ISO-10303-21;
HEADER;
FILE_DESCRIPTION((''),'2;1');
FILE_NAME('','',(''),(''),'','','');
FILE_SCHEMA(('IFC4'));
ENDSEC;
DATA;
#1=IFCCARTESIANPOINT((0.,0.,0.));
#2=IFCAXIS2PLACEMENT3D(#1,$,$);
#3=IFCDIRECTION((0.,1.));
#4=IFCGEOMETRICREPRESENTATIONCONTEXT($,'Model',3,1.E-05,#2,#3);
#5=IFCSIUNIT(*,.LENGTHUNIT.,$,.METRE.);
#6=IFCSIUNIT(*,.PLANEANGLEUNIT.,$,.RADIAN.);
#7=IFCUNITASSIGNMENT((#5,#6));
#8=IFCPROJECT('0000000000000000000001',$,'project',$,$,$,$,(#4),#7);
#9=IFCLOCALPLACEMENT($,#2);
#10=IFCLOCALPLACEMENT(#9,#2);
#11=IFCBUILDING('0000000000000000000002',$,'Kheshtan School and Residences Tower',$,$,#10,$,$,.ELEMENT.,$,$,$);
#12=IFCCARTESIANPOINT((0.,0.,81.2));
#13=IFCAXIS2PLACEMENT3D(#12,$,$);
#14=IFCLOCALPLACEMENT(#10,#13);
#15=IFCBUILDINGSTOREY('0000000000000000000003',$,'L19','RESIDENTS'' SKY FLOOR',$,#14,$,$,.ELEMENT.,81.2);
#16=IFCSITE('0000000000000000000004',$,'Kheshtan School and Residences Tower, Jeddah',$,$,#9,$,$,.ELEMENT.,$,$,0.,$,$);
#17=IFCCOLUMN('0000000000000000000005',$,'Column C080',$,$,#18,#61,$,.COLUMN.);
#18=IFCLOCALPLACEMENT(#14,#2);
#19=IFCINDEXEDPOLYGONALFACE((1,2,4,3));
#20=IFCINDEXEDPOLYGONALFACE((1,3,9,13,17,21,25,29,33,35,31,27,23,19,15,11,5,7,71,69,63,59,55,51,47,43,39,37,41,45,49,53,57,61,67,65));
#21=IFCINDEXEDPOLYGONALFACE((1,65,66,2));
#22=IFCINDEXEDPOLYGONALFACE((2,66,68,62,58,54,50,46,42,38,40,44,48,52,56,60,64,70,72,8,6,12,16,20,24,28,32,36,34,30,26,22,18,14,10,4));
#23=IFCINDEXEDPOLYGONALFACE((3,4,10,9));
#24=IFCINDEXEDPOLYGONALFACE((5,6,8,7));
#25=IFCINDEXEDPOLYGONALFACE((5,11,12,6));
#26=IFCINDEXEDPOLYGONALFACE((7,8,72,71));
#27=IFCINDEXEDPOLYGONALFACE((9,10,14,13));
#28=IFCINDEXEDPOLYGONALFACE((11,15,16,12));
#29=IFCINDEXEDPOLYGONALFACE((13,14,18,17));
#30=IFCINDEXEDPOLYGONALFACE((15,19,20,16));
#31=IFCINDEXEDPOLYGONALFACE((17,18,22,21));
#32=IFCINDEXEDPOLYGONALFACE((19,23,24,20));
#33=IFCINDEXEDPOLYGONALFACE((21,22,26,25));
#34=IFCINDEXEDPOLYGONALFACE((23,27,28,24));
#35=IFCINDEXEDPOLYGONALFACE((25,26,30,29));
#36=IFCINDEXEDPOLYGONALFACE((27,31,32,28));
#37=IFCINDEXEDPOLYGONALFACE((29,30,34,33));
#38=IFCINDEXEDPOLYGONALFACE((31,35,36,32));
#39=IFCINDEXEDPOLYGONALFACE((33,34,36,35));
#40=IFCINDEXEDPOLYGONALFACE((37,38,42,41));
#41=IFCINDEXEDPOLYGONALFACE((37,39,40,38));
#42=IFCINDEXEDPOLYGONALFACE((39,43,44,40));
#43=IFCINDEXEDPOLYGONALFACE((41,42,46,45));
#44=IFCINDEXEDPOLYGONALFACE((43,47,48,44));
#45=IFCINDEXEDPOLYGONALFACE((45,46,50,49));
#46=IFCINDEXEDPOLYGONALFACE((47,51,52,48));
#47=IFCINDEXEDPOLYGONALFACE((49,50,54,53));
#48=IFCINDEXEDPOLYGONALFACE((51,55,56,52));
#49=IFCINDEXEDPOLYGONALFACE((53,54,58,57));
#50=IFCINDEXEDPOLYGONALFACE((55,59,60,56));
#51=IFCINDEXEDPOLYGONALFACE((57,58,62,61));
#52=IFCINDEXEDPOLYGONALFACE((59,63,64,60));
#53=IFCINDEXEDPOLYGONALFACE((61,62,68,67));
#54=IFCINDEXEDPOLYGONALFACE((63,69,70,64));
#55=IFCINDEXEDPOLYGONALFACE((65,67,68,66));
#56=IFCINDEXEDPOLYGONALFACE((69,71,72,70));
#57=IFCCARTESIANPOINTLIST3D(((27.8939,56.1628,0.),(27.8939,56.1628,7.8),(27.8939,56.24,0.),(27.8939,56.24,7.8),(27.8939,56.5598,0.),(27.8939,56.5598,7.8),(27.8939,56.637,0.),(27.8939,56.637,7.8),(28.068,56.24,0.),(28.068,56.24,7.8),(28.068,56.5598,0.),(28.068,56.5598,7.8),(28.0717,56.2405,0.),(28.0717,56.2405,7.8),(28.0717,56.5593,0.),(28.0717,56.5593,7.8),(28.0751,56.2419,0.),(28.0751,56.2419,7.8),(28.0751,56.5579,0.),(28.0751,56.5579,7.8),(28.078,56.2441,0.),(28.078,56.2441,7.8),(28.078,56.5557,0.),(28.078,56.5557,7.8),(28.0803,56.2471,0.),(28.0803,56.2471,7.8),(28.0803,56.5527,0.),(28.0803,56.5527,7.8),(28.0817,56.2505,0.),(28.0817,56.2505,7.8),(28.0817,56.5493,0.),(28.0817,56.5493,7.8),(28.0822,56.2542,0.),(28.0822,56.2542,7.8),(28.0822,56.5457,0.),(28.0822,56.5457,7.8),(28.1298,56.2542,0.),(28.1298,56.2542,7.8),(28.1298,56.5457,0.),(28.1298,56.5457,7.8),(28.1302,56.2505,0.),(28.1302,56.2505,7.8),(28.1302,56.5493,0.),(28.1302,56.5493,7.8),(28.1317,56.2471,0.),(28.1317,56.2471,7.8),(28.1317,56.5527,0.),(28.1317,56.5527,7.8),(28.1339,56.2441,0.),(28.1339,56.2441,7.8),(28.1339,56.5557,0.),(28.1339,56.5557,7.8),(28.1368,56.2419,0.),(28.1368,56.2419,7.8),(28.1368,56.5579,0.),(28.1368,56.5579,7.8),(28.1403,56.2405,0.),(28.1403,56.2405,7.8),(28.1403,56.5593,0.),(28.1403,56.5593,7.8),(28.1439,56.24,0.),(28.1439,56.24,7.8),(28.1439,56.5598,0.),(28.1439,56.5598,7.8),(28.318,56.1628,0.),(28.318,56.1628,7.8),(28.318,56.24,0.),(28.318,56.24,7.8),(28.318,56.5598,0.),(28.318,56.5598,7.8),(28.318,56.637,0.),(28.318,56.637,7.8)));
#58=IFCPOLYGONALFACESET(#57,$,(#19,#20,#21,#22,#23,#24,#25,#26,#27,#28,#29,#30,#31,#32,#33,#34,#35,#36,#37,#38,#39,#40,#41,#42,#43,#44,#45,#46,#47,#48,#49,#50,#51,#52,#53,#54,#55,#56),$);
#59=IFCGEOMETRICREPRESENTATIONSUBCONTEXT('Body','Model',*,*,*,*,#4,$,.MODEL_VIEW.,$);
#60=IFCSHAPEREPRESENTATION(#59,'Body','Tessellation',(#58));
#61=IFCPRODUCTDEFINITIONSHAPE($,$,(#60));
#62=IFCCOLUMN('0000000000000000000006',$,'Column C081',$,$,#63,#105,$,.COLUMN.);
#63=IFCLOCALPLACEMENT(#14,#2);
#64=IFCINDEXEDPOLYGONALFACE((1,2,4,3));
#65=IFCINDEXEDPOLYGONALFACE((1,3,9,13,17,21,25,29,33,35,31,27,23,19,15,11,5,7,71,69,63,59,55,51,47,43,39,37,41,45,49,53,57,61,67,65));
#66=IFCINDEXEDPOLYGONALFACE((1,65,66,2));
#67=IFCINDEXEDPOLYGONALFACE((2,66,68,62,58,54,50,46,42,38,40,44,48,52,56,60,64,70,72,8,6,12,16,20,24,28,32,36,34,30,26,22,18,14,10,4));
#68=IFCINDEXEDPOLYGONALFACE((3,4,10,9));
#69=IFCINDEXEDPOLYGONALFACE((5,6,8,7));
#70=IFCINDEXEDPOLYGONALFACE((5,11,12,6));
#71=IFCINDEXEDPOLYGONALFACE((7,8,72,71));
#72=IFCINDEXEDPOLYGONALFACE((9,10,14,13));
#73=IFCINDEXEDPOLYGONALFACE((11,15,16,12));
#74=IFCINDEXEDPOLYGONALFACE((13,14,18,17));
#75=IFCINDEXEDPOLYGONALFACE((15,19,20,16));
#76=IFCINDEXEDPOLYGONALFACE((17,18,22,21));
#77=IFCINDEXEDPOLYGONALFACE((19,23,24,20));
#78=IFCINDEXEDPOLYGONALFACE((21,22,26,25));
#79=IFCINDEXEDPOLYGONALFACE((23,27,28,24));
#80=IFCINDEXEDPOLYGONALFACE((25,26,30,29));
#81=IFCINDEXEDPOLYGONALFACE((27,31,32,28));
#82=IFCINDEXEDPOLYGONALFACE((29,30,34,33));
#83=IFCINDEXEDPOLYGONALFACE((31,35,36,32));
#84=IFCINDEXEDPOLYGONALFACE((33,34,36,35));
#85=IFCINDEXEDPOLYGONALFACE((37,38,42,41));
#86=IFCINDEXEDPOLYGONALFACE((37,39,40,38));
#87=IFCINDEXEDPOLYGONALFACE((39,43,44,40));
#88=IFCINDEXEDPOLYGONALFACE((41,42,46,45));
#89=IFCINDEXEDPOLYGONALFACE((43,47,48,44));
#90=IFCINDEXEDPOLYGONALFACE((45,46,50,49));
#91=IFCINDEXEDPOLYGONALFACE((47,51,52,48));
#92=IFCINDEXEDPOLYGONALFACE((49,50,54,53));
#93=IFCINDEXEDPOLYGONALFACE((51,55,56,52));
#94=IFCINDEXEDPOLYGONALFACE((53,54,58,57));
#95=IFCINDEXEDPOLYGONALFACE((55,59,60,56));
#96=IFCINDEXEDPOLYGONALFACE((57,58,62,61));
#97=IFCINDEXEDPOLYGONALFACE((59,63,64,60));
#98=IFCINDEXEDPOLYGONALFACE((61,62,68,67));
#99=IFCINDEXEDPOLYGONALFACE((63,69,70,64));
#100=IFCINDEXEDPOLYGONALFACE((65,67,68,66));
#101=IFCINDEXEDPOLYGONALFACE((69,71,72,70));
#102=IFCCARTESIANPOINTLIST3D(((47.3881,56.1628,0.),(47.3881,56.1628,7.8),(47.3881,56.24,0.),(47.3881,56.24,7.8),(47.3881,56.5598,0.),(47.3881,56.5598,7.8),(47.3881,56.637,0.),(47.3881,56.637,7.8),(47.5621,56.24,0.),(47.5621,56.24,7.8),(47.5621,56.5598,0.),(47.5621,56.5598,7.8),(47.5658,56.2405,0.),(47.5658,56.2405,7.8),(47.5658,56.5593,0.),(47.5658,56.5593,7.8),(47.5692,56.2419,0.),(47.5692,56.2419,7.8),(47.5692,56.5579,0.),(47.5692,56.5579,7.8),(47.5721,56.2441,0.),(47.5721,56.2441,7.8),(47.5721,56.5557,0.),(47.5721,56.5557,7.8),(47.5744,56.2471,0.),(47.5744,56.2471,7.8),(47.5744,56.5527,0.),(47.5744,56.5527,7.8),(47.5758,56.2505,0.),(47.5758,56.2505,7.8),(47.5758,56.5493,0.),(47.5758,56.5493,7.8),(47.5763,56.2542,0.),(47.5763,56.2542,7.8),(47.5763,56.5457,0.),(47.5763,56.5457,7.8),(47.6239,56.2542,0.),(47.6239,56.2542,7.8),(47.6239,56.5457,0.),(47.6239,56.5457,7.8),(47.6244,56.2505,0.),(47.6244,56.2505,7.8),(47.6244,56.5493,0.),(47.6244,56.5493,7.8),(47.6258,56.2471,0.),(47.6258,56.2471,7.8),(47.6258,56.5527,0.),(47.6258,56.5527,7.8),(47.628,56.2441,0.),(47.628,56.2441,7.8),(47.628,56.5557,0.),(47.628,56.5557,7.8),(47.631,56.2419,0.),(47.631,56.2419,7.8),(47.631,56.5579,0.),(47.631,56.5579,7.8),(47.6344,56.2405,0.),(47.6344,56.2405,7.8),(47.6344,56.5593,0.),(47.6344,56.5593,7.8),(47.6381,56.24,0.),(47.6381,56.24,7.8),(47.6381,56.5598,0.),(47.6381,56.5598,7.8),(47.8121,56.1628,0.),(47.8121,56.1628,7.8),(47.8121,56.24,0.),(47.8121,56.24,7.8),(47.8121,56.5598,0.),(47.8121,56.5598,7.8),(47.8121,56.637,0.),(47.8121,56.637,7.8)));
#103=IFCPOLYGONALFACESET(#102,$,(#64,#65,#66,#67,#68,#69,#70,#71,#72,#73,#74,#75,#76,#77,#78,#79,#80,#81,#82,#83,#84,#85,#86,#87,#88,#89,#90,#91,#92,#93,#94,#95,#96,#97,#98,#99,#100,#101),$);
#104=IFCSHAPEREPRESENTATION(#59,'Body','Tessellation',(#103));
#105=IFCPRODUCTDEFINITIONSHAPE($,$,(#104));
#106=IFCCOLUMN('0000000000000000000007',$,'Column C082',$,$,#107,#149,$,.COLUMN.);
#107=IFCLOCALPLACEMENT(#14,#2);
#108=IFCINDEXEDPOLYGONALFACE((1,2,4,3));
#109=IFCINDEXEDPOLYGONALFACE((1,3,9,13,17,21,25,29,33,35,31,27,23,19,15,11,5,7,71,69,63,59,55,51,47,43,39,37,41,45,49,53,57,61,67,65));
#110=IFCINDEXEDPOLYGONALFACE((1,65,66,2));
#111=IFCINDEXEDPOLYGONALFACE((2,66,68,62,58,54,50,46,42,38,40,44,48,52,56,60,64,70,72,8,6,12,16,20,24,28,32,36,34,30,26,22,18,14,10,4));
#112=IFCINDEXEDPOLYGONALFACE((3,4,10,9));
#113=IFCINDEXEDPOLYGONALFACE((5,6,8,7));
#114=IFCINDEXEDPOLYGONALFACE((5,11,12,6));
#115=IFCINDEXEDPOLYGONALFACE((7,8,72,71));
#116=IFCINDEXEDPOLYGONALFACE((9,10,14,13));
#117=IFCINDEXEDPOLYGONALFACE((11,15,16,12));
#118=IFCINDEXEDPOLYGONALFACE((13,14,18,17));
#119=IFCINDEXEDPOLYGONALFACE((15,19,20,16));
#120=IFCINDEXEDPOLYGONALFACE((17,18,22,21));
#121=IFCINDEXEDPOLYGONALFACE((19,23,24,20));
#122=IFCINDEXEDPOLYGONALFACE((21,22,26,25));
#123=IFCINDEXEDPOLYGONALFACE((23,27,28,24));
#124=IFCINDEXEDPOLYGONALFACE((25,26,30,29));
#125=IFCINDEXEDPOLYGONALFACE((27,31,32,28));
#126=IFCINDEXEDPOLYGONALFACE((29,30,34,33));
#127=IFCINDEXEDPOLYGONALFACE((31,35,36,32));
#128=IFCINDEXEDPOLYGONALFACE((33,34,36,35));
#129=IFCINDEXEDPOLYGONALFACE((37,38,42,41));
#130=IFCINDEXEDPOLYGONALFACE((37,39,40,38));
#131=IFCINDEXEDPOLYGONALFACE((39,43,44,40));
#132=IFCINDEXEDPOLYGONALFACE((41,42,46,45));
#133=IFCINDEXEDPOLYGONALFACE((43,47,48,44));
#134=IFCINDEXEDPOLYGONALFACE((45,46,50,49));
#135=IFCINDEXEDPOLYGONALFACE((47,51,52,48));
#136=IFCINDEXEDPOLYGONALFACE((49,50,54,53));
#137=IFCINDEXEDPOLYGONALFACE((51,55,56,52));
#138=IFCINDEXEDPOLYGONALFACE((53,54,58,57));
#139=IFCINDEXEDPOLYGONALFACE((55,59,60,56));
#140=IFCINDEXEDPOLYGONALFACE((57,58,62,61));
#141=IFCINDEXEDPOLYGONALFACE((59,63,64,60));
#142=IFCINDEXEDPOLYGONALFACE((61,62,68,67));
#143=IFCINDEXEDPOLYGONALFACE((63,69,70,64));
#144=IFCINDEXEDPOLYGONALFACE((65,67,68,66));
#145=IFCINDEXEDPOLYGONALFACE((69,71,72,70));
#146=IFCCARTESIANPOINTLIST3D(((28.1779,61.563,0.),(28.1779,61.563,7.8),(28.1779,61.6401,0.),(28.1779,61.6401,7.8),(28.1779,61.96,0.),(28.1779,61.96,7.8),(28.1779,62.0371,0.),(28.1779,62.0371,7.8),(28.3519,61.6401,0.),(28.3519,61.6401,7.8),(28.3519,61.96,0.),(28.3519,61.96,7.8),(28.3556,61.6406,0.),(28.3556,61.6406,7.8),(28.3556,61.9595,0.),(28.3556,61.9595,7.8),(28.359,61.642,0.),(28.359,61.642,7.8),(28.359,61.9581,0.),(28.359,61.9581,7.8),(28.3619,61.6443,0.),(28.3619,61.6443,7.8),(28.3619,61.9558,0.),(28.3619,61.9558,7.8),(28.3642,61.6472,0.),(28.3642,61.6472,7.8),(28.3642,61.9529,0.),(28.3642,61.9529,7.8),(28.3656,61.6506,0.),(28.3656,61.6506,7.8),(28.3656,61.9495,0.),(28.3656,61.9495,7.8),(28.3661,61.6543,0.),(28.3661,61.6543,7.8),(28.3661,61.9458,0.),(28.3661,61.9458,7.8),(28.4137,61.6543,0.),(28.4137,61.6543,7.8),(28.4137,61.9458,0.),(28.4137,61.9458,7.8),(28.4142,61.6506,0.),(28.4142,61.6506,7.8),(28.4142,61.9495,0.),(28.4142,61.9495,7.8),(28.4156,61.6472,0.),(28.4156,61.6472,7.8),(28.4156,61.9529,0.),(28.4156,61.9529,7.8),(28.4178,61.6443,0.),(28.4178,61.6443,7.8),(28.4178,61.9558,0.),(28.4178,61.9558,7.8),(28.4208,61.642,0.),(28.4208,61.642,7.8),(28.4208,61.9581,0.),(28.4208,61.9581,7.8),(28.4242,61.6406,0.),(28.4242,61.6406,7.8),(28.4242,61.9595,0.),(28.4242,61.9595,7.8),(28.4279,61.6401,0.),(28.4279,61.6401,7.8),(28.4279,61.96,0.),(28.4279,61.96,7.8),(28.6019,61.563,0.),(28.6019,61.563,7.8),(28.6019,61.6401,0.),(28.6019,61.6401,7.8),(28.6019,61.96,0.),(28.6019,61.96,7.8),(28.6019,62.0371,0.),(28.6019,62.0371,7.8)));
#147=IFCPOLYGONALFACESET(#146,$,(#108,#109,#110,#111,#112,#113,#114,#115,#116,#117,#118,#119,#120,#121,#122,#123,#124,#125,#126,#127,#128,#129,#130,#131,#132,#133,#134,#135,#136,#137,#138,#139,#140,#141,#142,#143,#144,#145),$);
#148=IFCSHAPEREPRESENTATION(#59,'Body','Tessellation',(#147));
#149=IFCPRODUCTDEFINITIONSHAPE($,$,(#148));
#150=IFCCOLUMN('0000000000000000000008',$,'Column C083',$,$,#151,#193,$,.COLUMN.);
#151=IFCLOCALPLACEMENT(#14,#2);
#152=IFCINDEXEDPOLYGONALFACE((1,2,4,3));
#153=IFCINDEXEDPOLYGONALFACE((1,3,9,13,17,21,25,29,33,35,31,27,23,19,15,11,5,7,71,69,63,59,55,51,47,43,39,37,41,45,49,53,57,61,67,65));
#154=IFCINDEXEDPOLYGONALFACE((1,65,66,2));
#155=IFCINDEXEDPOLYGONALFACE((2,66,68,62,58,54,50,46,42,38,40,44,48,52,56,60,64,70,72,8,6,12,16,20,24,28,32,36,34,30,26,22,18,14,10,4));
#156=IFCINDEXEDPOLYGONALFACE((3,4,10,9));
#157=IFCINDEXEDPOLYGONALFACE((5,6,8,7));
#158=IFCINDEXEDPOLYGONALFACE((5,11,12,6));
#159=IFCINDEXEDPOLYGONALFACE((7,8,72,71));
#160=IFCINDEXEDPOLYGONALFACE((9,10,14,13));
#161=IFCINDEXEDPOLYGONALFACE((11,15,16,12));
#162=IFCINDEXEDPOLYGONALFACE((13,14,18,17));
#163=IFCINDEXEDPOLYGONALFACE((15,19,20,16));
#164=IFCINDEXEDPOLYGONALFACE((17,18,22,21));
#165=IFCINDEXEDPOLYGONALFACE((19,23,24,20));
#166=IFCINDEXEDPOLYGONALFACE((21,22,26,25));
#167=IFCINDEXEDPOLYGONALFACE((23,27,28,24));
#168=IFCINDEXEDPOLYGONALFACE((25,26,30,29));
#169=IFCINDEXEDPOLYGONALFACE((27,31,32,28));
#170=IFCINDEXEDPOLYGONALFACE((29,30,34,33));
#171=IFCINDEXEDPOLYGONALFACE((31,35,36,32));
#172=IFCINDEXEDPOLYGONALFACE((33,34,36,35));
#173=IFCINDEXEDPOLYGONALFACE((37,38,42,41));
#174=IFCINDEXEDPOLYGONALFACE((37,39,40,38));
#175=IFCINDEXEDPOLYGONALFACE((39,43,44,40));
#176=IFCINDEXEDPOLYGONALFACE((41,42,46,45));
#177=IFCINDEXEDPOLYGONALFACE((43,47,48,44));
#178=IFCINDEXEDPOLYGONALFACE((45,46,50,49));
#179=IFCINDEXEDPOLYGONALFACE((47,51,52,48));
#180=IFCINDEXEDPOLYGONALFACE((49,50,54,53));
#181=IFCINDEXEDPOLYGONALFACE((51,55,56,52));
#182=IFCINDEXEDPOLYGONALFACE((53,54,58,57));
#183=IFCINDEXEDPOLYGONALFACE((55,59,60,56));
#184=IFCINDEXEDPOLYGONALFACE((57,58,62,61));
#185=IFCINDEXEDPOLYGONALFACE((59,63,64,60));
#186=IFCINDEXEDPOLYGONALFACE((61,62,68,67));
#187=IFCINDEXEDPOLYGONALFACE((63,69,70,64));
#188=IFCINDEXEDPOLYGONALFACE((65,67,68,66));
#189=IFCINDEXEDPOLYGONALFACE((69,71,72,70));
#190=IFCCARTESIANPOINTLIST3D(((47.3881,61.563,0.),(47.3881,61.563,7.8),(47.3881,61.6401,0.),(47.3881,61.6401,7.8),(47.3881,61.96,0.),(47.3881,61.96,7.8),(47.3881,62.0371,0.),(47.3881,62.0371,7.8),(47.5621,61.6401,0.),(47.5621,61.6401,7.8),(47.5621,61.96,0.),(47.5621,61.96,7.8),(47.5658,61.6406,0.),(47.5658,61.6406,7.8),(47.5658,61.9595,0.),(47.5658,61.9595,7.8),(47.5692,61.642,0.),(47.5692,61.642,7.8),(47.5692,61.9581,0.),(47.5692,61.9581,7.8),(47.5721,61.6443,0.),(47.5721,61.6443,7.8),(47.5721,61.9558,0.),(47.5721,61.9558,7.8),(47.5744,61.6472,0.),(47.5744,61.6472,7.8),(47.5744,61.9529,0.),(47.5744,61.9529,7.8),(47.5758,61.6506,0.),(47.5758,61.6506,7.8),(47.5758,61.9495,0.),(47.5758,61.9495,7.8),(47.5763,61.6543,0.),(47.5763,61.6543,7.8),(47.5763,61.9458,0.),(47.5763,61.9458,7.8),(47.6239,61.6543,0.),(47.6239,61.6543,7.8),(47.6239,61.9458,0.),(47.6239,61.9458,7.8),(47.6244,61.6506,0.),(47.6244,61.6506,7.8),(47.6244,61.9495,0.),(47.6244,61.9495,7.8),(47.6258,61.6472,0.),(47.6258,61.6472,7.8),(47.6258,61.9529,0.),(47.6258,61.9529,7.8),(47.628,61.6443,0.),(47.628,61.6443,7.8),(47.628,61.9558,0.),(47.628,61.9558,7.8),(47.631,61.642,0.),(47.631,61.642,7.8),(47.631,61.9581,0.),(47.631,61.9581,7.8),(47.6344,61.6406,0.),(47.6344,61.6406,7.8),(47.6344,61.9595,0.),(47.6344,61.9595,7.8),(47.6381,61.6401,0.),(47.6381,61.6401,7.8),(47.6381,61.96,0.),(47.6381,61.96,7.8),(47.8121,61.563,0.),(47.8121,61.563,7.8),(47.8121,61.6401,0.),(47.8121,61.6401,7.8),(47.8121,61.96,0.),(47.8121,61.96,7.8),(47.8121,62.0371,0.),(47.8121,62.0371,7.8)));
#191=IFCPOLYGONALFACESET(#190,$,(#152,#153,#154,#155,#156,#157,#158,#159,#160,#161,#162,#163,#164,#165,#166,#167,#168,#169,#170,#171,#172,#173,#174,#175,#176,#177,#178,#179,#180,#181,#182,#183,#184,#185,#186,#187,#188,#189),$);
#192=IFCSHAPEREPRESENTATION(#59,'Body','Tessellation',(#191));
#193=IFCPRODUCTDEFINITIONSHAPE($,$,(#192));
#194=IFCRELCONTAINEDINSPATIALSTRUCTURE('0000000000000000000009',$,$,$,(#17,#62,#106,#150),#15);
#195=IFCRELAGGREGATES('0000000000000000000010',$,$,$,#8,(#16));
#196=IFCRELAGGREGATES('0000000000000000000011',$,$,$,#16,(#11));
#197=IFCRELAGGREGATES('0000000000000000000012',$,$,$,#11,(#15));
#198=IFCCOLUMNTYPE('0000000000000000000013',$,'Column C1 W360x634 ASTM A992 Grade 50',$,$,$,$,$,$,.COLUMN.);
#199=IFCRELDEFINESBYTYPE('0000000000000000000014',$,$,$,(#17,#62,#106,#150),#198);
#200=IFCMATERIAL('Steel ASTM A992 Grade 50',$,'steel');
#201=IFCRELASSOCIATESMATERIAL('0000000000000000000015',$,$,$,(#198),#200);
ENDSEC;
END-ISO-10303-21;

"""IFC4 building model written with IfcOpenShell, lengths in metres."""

from ifc_helpers import new_model, si_unit, direction, frame, origin, origin_2d, place, context, subcontext, project, spatial, i_section, extrude, material, material_profile, profile_set, type_object, element, save


model = new_model("IFC4")

# Units and contexts
model_context = context("Model", 3, precision=1e-05, world=origin(), true_north=direction((0.0, 1.0)))
body_context = subcontext(model_context, "Body", "Model", "MODEL_VIEW")
ifc_project = project(units=[si_unit("LENGTHUNIT", "METRE"), si_unit("PLANEANGLEUNIT", "RADIAN")], contexts=[model_context])

# Site, building, storey
site_placement = place(None, origin())
site = spatial("IfcSite", under=ifc_project, at=site_placement, Name="Kheshtan School and Residences Tower, Jeddah", CompositionType="ELEMENT", RefElevation=0.0)
building_placement = place(site_placement, origin())
building = spatial("IfcBuilding", under=site, at=building_placement, Name="Kheshtan School and Residences Tower", CompositionType="ELEMENT")
storey_placement = place(building_placement, frame((0.0, 0.0, 81.2)))
storey = spatial("IfcBuildingStorey", under=building, at=storey_placement, Name="L19", Description="RESIDENTS' SKY FLOOR", CompositionType="ELEMENT", Elevation=81.2)

# Columns
ifc_material_1 = material(Name="Steel ASTM A992 Grade 50", Category="steel")
ifc_material_profile_1 = material_profile(ifc_material_1, i_section(OverallWidth=0.4241, OverallDepth=0.4741, WebThickness=0.0476, FlangeThickness=0.0771, FilletRadius=0.0142, at=origin_2d()), Name="W360x634")
ifc_profile_set_1 = profile_set([ifc_material_profile_1], Name="Steel ASTM A992 Grade 50")
column_type = type_object("IfcColumnType", Name="Column C1 W360x634 ASTM A992 Grade 50", PredefinedType="COLUMN", material=ifc_profile_set_1)
for number, where, z_axis, x_axis, name in (
    (1, (28.106, 56.3999, 0.0), (0.0, 0.0, 1.0), (1.0, 0.0, 0.0), "Column C080"),
    (2, (47.6001, 56.3999, 0.0), (0.0, 0.0, 1.0), (1.0, 0.0, 0.0), "Column C081"),
    (3, (28.3899, 61.8, 0.0), (0.0, 0.0, 1.0), (1.0, 0.0, 0.0), "Column C082"),
    (4, (47.6001, 61.8, 0.0), (0.0, 0.0, 1.0), (1.0, 0.0, 0.0), "Column C083"),
):
    element("IfcColumn", number, at=place(storey_placement, frame(where, z_axis=z_axis, x_axis=x_axis)), inside=storey, type_object=column_type, Name=name, PredefinedType="COLUMN", context=body_context, shape_type="SweptSolid", body=[
        extrude(i_section(OverallWidth=0.4241, OverallDepth=0.4741, WebThickness=0.0476, FlangeThickness=0.0771, FilletRadius=0.0142, at=origin_2d()), origin(), (0.0, 0.0, 1.0), 7.8),
    ])

save(model, "model.ifc")
